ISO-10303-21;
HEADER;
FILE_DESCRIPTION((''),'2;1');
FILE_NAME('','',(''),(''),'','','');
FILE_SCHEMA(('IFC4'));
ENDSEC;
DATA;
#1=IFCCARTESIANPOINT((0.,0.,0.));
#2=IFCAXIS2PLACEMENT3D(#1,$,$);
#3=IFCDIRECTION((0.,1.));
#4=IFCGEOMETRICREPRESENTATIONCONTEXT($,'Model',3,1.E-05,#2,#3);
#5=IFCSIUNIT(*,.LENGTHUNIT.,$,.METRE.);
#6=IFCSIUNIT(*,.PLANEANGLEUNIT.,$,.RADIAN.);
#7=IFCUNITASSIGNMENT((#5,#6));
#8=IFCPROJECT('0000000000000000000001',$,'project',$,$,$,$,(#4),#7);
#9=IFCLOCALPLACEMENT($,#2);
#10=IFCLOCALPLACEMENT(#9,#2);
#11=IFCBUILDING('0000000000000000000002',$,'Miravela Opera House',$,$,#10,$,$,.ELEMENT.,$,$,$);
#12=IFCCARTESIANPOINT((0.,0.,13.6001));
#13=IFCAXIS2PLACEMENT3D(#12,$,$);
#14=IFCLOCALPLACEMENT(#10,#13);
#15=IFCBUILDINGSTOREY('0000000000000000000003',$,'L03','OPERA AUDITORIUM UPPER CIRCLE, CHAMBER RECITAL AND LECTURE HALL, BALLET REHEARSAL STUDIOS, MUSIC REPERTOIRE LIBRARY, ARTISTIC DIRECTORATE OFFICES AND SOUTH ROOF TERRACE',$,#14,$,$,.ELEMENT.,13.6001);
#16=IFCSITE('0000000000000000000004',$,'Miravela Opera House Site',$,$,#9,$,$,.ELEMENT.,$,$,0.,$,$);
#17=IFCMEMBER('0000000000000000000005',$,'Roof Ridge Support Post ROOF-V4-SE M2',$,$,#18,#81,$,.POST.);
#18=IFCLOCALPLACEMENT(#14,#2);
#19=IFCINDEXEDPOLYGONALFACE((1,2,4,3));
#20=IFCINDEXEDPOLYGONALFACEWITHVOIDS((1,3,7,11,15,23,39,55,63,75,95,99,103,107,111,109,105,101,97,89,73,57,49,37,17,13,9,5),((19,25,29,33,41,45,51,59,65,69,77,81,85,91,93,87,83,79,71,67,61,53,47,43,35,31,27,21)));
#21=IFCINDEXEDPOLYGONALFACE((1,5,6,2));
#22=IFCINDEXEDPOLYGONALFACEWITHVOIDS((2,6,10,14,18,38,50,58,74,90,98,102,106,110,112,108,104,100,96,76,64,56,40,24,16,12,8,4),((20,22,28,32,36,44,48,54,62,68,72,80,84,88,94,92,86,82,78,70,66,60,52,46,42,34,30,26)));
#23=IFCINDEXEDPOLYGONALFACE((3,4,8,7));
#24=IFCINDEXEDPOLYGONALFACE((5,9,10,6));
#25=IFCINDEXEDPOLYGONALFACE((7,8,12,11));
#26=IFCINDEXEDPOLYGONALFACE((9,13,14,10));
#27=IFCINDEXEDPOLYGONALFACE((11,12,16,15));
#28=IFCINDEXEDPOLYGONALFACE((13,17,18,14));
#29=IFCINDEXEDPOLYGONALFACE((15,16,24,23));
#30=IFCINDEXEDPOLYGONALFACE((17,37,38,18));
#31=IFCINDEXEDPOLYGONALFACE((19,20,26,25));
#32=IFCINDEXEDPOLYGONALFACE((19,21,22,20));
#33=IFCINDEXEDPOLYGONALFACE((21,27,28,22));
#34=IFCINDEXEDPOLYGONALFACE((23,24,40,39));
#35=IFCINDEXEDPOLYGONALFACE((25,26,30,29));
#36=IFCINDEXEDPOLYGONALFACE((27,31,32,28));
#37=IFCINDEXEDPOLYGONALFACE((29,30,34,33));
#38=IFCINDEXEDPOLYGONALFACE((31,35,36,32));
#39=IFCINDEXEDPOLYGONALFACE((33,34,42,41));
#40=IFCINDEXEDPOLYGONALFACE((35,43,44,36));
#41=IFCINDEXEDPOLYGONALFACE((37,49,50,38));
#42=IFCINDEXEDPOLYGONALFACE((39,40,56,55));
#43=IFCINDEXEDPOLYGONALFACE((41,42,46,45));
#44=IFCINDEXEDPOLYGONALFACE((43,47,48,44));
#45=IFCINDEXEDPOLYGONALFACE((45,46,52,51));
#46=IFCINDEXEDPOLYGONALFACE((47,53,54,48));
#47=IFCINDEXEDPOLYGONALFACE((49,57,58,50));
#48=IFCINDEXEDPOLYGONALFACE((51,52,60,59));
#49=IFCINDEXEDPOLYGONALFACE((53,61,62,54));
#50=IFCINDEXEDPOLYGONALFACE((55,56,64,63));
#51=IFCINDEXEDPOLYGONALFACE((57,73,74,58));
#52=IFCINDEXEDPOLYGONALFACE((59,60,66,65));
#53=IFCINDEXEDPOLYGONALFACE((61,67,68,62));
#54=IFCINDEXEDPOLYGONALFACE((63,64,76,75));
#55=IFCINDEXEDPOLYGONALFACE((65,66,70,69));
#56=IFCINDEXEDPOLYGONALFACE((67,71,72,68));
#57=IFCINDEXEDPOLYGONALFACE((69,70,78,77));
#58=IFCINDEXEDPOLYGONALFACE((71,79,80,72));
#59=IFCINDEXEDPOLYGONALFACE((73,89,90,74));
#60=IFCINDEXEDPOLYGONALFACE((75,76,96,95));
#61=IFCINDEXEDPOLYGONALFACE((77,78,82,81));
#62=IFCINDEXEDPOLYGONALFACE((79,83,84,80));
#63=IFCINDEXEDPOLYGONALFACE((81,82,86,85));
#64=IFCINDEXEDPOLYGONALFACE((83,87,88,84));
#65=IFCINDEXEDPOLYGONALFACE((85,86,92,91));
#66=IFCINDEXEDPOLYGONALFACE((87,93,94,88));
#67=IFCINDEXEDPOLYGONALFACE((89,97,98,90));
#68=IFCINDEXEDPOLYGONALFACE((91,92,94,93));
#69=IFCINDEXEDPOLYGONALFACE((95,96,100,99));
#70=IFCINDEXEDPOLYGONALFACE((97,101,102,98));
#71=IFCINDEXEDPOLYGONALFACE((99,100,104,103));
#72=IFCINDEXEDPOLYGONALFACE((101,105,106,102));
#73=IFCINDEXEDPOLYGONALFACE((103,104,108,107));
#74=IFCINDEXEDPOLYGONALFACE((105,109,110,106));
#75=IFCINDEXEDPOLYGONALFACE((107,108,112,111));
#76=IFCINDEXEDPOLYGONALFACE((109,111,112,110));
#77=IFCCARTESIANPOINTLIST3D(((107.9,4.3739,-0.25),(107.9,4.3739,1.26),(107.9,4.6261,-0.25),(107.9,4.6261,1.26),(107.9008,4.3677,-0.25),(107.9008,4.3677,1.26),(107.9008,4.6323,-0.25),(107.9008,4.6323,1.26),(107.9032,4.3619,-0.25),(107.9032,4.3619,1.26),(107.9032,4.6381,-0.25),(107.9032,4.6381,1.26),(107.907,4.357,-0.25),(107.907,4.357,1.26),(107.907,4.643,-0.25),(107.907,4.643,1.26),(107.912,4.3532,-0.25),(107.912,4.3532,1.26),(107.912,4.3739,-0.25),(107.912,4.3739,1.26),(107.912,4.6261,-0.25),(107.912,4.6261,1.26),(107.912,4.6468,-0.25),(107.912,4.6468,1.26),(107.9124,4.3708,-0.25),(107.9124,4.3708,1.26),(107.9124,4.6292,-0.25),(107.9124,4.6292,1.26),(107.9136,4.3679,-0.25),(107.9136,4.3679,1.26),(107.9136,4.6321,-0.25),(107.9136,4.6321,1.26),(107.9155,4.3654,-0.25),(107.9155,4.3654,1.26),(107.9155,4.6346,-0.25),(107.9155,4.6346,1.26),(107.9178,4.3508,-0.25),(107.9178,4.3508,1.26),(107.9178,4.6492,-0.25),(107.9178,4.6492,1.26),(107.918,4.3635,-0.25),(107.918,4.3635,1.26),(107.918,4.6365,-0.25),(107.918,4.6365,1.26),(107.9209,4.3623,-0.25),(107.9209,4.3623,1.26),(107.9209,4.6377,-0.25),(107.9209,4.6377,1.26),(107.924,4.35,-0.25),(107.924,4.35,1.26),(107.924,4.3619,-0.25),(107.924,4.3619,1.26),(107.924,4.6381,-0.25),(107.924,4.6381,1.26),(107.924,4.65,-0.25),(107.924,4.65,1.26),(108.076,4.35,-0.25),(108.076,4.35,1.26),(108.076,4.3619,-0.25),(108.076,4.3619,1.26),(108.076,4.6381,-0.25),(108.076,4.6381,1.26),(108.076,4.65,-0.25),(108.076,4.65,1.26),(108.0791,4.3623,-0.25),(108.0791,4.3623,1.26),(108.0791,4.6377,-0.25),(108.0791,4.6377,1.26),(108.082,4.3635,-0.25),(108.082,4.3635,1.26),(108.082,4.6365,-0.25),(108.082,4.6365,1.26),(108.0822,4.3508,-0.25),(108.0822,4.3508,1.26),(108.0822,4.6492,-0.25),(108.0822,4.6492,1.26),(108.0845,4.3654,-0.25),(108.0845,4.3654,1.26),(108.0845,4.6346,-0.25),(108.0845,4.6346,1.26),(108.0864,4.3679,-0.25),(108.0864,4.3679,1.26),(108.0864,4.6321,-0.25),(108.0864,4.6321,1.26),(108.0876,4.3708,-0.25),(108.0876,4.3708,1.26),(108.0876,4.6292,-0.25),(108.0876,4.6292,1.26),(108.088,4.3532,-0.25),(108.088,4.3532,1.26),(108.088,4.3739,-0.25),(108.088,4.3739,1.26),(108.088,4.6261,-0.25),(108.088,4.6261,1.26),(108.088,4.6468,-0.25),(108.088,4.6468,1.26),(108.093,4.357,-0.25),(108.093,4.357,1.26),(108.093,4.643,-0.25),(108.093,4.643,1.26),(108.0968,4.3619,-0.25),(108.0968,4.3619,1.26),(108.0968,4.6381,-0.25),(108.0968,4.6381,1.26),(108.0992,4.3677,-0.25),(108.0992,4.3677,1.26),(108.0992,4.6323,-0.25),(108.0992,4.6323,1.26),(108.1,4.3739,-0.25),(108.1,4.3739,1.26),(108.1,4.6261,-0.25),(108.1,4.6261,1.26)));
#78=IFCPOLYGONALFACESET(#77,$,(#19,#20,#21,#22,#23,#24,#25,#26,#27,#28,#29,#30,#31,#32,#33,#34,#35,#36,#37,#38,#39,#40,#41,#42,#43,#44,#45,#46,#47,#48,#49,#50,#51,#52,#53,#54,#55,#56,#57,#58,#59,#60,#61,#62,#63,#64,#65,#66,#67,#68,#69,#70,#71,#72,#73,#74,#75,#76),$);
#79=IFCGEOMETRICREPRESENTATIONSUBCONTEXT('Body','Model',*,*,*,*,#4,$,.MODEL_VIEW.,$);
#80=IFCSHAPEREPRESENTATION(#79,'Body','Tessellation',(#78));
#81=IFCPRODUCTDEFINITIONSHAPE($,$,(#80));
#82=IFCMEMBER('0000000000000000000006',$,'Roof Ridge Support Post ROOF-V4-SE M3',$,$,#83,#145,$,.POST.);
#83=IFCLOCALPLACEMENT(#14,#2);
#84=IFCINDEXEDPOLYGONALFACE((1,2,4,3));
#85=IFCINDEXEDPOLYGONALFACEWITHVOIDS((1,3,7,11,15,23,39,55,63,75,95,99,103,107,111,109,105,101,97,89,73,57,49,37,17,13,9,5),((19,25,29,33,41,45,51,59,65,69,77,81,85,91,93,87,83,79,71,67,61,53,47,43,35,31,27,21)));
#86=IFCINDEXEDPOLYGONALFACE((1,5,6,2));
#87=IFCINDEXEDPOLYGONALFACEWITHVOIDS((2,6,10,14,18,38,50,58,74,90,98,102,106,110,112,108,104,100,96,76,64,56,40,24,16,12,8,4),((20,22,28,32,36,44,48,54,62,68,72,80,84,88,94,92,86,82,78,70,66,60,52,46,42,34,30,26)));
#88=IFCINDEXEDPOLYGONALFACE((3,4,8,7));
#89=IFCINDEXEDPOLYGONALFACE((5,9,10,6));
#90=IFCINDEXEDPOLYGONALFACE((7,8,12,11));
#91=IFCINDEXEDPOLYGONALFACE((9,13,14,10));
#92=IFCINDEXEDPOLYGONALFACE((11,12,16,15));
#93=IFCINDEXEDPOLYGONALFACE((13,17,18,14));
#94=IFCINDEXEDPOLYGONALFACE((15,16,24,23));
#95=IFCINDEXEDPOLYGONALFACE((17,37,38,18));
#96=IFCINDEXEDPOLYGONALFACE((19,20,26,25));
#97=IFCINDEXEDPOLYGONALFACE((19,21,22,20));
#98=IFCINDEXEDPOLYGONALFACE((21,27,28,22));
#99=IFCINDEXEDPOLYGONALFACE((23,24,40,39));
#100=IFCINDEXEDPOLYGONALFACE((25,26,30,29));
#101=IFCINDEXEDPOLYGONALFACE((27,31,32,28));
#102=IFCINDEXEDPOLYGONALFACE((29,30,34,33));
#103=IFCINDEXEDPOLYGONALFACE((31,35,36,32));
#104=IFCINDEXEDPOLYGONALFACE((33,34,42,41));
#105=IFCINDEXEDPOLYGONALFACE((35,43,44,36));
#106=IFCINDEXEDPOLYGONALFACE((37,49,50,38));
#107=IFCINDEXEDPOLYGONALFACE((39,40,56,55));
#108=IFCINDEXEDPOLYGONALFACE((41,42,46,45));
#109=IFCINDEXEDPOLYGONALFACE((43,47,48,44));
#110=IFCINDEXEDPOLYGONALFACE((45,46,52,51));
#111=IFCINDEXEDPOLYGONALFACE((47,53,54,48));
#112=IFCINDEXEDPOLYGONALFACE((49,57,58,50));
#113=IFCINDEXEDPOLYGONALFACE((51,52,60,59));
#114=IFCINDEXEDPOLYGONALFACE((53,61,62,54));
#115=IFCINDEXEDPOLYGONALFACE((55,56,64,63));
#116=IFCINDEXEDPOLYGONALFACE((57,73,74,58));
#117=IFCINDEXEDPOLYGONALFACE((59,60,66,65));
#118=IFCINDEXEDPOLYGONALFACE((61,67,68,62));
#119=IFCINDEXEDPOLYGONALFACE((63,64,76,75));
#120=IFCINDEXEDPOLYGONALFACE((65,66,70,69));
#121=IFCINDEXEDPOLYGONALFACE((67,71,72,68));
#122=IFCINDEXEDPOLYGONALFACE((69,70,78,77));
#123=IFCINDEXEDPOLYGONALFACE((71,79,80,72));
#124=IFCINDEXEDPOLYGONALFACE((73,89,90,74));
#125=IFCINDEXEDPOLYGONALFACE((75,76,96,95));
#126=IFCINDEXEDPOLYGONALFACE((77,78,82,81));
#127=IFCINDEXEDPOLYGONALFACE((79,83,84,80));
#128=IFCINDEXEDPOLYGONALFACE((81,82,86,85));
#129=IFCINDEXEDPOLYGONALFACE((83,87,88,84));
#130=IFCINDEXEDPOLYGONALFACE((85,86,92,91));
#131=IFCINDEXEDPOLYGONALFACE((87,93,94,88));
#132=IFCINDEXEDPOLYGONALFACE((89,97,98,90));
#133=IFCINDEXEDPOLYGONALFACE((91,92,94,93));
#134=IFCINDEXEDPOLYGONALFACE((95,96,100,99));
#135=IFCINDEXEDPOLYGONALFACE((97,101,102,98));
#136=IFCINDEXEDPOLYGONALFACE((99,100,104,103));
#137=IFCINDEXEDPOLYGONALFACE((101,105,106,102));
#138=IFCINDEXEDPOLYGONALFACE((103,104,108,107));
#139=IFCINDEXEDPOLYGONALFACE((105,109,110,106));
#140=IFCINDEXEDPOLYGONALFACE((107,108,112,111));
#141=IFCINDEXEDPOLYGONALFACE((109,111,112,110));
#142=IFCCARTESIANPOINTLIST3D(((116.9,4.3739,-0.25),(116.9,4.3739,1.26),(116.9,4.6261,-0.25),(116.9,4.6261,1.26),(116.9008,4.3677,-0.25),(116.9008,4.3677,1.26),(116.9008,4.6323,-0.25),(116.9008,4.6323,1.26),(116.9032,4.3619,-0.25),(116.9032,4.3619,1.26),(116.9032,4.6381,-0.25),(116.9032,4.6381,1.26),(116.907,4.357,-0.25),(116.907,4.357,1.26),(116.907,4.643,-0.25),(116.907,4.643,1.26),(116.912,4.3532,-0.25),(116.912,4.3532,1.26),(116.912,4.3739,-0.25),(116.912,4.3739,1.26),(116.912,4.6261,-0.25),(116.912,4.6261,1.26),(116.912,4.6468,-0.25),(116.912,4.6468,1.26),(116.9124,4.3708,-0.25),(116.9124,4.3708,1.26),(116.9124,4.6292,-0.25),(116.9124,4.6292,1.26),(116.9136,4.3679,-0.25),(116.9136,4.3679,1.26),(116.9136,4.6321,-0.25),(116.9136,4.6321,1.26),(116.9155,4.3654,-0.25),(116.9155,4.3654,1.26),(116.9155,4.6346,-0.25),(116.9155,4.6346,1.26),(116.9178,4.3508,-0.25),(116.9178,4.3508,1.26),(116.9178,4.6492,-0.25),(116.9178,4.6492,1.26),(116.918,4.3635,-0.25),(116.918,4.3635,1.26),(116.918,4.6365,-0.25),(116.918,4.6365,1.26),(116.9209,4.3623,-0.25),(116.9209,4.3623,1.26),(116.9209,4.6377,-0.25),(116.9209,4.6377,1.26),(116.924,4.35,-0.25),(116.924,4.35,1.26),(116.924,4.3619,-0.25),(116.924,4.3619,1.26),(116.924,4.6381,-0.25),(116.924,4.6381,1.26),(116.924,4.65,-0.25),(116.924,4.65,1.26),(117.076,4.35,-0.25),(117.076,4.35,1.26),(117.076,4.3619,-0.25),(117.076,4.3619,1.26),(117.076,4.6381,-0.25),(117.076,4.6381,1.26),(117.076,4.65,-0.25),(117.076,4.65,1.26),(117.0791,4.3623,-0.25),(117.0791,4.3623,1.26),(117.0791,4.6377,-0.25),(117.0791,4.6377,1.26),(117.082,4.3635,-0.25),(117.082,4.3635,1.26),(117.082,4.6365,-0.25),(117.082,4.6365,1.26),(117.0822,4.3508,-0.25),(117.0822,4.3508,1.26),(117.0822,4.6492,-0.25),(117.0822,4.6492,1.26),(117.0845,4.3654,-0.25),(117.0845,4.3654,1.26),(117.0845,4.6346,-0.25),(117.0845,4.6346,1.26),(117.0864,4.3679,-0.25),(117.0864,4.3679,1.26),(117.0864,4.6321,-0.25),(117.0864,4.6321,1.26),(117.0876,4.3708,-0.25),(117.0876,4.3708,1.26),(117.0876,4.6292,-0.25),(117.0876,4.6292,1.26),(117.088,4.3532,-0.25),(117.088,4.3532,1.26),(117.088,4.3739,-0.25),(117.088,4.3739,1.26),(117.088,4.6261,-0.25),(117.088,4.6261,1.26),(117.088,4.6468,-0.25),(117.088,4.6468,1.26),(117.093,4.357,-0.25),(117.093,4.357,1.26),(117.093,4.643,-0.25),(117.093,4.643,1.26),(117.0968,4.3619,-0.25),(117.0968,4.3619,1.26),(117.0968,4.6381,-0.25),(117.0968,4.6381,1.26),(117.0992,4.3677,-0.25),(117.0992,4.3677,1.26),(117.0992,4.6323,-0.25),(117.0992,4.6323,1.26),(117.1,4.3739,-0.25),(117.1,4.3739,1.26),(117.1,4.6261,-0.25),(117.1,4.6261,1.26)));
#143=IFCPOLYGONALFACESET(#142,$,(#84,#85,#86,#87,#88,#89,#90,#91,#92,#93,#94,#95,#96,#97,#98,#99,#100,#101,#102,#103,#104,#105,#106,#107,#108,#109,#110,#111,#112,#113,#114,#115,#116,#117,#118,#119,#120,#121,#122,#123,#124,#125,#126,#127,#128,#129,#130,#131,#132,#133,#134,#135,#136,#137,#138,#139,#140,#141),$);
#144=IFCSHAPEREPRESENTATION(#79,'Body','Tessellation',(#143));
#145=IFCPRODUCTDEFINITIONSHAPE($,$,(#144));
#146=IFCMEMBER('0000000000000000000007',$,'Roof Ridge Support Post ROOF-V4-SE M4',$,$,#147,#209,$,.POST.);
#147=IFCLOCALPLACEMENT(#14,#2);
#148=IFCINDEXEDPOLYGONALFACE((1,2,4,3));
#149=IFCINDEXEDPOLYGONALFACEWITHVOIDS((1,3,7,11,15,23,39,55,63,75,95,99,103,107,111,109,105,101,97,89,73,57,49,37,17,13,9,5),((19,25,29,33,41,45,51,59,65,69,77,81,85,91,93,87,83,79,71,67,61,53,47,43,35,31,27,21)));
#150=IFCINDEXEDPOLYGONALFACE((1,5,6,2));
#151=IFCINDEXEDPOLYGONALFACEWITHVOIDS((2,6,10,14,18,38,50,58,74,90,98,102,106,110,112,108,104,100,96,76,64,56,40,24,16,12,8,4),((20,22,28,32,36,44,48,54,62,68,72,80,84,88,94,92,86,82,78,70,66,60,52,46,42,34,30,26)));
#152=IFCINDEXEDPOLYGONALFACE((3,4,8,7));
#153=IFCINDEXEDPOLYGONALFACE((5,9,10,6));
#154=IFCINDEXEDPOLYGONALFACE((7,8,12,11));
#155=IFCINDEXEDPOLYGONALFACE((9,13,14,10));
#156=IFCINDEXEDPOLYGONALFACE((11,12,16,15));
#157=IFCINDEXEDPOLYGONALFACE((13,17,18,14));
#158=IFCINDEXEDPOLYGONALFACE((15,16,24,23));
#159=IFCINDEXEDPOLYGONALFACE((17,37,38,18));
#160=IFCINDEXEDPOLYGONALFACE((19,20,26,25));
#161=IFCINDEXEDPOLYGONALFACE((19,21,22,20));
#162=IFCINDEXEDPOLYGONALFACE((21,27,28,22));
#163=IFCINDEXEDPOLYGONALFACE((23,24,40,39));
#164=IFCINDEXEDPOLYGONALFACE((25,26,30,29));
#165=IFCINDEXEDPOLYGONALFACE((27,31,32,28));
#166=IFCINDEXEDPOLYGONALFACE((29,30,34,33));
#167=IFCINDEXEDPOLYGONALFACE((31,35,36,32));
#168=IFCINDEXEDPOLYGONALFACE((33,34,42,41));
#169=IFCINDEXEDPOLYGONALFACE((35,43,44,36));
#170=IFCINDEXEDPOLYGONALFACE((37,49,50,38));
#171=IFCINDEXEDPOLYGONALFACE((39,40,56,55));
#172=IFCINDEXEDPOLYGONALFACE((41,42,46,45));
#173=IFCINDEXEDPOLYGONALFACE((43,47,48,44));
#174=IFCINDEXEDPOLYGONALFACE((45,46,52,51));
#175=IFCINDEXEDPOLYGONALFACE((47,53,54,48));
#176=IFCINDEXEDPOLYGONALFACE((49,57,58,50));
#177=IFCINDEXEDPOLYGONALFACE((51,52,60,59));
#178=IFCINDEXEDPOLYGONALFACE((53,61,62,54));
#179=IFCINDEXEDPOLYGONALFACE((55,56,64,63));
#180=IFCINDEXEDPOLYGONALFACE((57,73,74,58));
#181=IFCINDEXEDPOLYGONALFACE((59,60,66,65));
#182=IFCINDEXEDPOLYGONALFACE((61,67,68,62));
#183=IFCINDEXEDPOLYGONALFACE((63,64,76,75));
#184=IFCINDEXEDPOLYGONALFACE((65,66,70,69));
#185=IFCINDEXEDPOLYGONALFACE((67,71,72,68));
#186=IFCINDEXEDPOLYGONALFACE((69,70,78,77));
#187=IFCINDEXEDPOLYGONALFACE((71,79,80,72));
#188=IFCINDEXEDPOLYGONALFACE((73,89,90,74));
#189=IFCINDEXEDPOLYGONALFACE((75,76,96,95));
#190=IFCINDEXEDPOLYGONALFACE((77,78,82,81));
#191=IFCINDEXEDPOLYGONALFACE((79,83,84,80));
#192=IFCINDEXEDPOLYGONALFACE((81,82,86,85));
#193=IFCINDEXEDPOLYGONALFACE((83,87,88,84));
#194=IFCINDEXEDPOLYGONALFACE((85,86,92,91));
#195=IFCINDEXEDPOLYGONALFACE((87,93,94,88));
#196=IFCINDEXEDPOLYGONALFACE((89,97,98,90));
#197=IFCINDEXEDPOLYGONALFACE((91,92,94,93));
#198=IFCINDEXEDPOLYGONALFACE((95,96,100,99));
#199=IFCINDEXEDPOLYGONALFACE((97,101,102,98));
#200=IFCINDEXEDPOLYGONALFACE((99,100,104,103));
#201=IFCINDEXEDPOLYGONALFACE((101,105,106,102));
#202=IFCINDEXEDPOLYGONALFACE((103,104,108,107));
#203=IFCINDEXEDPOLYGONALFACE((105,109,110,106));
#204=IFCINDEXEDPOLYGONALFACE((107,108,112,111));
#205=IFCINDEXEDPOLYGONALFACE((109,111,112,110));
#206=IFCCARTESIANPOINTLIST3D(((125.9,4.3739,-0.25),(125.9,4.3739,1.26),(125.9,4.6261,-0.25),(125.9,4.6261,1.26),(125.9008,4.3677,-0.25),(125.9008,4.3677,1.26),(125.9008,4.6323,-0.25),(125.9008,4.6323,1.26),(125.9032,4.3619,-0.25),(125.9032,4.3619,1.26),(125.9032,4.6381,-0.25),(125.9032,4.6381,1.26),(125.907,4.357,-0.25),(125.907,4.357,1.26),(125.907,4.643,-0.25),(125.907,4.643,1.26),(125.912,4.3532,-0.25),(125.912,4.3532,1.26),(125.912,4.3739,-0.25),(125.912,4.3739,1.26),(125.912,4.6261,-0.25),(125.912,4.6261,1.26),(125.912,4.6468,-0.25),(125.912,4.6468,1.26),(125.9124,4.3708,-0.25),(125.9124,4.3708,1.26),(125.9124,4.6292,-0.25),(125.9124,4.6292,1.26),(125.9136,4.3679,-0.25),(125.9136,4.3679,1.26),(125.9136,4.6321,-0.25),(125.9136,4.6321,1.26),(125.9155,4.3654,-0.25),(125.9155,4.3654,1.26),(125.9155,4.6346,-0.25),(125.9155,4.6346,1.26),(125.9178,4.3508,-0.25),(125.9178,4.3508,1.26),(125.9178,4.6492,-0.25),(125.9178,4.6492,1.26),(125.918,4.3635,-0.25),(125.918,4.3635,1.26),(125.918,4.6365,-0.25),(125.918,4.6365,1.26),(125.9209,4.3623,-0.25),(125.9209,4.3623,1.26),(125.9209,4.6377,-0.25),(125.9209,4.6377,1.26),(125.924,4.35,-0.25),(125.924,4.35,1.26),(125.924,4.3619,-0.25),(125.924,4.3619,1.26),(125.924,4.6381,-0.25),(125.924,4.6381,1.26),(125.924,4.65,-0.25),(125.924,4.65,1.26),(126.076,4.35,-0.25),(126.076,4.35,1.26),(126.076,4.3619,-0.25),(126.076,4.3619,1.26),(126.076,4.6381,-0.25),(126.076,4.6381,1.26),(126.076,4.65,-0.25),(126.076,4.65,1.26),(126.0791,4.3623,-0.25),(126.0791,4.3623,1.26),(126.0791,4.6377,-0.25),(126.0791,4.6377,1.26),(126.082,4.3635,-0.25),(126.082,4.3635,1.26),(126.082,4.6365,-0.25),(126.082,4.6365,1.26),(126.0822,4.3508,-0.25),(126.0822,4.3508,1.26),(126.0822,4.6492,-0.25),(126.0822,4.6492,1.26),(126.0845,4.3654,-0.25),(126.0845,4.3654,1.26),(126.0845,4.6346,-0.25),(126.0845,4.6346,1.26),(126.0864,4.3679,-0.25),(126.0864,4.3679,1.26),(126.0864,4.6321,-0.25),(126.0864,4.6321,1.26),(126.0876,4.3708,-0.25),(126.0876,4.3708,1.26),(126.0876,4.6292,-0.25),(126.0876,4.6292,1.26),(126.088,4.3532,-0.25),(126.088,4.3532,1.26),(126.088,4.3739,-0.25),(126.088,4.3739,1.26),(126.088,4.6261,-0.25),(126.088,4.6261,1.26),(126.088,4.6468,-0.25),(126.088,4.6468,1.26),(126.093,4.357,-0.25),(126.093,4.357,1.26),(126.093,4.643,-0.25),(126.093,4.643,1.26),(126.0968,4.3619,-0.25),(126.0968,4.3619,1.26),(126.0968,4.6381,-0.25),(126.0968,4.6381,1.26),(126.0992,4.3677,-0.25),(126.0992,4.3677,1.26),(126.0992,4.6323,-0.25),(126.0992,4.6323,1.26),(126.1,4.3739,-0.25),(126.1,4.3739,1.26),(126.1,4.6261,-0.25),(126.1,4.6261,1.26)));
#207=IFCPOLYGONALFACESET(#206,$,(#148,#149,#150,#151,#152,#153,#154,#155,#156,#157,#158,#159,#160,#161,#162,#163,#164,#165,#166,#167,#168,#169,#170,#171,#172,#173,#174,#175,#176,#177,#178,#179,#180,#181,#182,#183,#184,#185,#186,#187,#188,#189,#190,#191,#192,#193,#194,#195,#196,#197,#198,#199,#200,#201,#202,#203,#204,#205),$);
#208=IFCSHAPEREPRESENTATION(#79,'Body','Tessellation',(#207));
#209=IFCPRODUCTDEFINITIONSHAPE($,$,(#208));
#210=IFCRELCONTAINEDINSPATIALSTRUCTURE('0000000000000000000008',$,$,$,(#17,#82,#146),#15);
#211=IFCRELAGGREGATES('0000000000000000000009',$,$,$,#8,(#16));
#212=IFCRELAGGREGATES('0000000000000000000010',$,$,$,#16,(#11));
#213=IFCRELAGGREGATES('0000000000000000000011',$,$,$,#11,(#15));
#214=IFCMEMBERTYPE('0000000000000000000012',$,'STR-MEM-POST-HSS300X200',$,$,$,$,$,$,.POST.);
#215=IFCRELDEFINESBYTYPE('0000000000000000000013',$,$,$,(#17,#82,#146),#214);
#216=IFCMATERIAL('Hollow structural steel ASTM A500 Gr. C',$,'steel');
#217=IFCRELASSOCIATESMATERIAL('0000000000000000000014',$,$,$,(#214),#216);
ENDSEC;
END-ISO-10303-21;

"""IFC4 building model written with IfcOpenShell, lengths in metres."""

from ifc_helpers import new_model, si_unit, direction, frame, origin, origin_2d, place, context, subcontext, project, spatial, hollow_rectangle, extrude, material, material_profile, profile_set, type_object, element, save


model = new_model("IFC4")

# Units and contexts
model_context = context("Model", 3, precision=1e-05, world=origin(), true_north=direction((0.0, 1.0)))
body_context = subcontext(model_context, "Body", "Model", "MODEL_VIEW")
ifc_project = project(units=[si_unit("LENGTHUNIT", "METRE"), si_unit("PLANEANGLEUNIT", "RADIAN")], contexts=[model_context])

# Site, building, storey
site_placement = place(None, origin())
site = spatial("IfcSite", under=ifc_project, at=site_placement, Name="Miravela Opera House Site", CompositionType="ELEMENT", RefElevation=0.0)
building_placement = place(site_placement, origin())
building = spatial("IfcBuilding", under=site, at=building_placement, Name="Miravela Opera House", CompositionType="ELEMENT")
storey_placement = place(building_placement, frame((0.0, 0.0, 13.6001)))
storey = spatial("IfcBuildingStorey", under=building, at=storey_placement, Name="L03", Description="OPERA AUDITORIUM UPPER CIRCLE, CHAMBER RECITAL AND LECTURE HALL, BALLET REHEARSAL STUDIOS, MUSIC REPERTOIRE LIBRARY, ARTISTIC DIRECTORATE OFFICES AND SOUTH ROOF TERRACE", CompositionType="ELEMENT", Elevation=13.6001)

# Members
ifc_material_1 = material(Name="Hollow structural steel ASTM A500 Gr. C", Category="steel")
ifc_material_profile_1 = material_profile(ifc_material_1, hollow_rectangle(XDim=0.2, YDim=0.3, WallThickness=0.012, InnerFilletRadius=0.012, OuterFilletRadius=0.0239, at=origin_2d()), Name="HSS300X200X12")
ifc_profile_set_1 = profile_set([ifc_material_profile_1])
member_type_1 = type_object("IfcMemberType", Name="STR-MEM-POST-HSS300X200", PredefinedType="POST", material=ifc_profile_set_1)
for number, where, z_axis, x_axis, name in (
    (1, (108.0, 4.5, -0.25), (0.0, 0.0, 1.0), (1.0, 0.0, 0.0), "Roof Ridge Support Post ROOF-V4-SE M2"),
    (2, (117.0, 4.5, -0.25), (0.0, 0.0, 1.0), (1.0, 0.0, 0.0), "Roof Ridge Support Post ROOF-V4-SE M3"),
    (3, (126.0, 4.5, -0.25), (0.0, 0.0, 1.0), (1.0, 0.0, 0.0), "Roof Ridge Support Post ROOF-V4-SE M4"),
):
    element("IfcMember", number, at=place(storey_placement, frame(where, z_axis=z_axis, x_axis=x_axis)), inside=storey, type_object=member_type_1, Name=name, PredefinedType="POST", context=body_context, shape_type="SweptSolid", body=[
        extrude(hollow_rectangle(XDim=0.2, YDim=0.3, WallThickness=0.012, InnerFilletRadius=0.012, OuterFilletRadius=0.0239, at=origin_2d()), origin(), (0.0, 0.0, 1.0), 1.51),
    ])

save(model, "model.ifc")
